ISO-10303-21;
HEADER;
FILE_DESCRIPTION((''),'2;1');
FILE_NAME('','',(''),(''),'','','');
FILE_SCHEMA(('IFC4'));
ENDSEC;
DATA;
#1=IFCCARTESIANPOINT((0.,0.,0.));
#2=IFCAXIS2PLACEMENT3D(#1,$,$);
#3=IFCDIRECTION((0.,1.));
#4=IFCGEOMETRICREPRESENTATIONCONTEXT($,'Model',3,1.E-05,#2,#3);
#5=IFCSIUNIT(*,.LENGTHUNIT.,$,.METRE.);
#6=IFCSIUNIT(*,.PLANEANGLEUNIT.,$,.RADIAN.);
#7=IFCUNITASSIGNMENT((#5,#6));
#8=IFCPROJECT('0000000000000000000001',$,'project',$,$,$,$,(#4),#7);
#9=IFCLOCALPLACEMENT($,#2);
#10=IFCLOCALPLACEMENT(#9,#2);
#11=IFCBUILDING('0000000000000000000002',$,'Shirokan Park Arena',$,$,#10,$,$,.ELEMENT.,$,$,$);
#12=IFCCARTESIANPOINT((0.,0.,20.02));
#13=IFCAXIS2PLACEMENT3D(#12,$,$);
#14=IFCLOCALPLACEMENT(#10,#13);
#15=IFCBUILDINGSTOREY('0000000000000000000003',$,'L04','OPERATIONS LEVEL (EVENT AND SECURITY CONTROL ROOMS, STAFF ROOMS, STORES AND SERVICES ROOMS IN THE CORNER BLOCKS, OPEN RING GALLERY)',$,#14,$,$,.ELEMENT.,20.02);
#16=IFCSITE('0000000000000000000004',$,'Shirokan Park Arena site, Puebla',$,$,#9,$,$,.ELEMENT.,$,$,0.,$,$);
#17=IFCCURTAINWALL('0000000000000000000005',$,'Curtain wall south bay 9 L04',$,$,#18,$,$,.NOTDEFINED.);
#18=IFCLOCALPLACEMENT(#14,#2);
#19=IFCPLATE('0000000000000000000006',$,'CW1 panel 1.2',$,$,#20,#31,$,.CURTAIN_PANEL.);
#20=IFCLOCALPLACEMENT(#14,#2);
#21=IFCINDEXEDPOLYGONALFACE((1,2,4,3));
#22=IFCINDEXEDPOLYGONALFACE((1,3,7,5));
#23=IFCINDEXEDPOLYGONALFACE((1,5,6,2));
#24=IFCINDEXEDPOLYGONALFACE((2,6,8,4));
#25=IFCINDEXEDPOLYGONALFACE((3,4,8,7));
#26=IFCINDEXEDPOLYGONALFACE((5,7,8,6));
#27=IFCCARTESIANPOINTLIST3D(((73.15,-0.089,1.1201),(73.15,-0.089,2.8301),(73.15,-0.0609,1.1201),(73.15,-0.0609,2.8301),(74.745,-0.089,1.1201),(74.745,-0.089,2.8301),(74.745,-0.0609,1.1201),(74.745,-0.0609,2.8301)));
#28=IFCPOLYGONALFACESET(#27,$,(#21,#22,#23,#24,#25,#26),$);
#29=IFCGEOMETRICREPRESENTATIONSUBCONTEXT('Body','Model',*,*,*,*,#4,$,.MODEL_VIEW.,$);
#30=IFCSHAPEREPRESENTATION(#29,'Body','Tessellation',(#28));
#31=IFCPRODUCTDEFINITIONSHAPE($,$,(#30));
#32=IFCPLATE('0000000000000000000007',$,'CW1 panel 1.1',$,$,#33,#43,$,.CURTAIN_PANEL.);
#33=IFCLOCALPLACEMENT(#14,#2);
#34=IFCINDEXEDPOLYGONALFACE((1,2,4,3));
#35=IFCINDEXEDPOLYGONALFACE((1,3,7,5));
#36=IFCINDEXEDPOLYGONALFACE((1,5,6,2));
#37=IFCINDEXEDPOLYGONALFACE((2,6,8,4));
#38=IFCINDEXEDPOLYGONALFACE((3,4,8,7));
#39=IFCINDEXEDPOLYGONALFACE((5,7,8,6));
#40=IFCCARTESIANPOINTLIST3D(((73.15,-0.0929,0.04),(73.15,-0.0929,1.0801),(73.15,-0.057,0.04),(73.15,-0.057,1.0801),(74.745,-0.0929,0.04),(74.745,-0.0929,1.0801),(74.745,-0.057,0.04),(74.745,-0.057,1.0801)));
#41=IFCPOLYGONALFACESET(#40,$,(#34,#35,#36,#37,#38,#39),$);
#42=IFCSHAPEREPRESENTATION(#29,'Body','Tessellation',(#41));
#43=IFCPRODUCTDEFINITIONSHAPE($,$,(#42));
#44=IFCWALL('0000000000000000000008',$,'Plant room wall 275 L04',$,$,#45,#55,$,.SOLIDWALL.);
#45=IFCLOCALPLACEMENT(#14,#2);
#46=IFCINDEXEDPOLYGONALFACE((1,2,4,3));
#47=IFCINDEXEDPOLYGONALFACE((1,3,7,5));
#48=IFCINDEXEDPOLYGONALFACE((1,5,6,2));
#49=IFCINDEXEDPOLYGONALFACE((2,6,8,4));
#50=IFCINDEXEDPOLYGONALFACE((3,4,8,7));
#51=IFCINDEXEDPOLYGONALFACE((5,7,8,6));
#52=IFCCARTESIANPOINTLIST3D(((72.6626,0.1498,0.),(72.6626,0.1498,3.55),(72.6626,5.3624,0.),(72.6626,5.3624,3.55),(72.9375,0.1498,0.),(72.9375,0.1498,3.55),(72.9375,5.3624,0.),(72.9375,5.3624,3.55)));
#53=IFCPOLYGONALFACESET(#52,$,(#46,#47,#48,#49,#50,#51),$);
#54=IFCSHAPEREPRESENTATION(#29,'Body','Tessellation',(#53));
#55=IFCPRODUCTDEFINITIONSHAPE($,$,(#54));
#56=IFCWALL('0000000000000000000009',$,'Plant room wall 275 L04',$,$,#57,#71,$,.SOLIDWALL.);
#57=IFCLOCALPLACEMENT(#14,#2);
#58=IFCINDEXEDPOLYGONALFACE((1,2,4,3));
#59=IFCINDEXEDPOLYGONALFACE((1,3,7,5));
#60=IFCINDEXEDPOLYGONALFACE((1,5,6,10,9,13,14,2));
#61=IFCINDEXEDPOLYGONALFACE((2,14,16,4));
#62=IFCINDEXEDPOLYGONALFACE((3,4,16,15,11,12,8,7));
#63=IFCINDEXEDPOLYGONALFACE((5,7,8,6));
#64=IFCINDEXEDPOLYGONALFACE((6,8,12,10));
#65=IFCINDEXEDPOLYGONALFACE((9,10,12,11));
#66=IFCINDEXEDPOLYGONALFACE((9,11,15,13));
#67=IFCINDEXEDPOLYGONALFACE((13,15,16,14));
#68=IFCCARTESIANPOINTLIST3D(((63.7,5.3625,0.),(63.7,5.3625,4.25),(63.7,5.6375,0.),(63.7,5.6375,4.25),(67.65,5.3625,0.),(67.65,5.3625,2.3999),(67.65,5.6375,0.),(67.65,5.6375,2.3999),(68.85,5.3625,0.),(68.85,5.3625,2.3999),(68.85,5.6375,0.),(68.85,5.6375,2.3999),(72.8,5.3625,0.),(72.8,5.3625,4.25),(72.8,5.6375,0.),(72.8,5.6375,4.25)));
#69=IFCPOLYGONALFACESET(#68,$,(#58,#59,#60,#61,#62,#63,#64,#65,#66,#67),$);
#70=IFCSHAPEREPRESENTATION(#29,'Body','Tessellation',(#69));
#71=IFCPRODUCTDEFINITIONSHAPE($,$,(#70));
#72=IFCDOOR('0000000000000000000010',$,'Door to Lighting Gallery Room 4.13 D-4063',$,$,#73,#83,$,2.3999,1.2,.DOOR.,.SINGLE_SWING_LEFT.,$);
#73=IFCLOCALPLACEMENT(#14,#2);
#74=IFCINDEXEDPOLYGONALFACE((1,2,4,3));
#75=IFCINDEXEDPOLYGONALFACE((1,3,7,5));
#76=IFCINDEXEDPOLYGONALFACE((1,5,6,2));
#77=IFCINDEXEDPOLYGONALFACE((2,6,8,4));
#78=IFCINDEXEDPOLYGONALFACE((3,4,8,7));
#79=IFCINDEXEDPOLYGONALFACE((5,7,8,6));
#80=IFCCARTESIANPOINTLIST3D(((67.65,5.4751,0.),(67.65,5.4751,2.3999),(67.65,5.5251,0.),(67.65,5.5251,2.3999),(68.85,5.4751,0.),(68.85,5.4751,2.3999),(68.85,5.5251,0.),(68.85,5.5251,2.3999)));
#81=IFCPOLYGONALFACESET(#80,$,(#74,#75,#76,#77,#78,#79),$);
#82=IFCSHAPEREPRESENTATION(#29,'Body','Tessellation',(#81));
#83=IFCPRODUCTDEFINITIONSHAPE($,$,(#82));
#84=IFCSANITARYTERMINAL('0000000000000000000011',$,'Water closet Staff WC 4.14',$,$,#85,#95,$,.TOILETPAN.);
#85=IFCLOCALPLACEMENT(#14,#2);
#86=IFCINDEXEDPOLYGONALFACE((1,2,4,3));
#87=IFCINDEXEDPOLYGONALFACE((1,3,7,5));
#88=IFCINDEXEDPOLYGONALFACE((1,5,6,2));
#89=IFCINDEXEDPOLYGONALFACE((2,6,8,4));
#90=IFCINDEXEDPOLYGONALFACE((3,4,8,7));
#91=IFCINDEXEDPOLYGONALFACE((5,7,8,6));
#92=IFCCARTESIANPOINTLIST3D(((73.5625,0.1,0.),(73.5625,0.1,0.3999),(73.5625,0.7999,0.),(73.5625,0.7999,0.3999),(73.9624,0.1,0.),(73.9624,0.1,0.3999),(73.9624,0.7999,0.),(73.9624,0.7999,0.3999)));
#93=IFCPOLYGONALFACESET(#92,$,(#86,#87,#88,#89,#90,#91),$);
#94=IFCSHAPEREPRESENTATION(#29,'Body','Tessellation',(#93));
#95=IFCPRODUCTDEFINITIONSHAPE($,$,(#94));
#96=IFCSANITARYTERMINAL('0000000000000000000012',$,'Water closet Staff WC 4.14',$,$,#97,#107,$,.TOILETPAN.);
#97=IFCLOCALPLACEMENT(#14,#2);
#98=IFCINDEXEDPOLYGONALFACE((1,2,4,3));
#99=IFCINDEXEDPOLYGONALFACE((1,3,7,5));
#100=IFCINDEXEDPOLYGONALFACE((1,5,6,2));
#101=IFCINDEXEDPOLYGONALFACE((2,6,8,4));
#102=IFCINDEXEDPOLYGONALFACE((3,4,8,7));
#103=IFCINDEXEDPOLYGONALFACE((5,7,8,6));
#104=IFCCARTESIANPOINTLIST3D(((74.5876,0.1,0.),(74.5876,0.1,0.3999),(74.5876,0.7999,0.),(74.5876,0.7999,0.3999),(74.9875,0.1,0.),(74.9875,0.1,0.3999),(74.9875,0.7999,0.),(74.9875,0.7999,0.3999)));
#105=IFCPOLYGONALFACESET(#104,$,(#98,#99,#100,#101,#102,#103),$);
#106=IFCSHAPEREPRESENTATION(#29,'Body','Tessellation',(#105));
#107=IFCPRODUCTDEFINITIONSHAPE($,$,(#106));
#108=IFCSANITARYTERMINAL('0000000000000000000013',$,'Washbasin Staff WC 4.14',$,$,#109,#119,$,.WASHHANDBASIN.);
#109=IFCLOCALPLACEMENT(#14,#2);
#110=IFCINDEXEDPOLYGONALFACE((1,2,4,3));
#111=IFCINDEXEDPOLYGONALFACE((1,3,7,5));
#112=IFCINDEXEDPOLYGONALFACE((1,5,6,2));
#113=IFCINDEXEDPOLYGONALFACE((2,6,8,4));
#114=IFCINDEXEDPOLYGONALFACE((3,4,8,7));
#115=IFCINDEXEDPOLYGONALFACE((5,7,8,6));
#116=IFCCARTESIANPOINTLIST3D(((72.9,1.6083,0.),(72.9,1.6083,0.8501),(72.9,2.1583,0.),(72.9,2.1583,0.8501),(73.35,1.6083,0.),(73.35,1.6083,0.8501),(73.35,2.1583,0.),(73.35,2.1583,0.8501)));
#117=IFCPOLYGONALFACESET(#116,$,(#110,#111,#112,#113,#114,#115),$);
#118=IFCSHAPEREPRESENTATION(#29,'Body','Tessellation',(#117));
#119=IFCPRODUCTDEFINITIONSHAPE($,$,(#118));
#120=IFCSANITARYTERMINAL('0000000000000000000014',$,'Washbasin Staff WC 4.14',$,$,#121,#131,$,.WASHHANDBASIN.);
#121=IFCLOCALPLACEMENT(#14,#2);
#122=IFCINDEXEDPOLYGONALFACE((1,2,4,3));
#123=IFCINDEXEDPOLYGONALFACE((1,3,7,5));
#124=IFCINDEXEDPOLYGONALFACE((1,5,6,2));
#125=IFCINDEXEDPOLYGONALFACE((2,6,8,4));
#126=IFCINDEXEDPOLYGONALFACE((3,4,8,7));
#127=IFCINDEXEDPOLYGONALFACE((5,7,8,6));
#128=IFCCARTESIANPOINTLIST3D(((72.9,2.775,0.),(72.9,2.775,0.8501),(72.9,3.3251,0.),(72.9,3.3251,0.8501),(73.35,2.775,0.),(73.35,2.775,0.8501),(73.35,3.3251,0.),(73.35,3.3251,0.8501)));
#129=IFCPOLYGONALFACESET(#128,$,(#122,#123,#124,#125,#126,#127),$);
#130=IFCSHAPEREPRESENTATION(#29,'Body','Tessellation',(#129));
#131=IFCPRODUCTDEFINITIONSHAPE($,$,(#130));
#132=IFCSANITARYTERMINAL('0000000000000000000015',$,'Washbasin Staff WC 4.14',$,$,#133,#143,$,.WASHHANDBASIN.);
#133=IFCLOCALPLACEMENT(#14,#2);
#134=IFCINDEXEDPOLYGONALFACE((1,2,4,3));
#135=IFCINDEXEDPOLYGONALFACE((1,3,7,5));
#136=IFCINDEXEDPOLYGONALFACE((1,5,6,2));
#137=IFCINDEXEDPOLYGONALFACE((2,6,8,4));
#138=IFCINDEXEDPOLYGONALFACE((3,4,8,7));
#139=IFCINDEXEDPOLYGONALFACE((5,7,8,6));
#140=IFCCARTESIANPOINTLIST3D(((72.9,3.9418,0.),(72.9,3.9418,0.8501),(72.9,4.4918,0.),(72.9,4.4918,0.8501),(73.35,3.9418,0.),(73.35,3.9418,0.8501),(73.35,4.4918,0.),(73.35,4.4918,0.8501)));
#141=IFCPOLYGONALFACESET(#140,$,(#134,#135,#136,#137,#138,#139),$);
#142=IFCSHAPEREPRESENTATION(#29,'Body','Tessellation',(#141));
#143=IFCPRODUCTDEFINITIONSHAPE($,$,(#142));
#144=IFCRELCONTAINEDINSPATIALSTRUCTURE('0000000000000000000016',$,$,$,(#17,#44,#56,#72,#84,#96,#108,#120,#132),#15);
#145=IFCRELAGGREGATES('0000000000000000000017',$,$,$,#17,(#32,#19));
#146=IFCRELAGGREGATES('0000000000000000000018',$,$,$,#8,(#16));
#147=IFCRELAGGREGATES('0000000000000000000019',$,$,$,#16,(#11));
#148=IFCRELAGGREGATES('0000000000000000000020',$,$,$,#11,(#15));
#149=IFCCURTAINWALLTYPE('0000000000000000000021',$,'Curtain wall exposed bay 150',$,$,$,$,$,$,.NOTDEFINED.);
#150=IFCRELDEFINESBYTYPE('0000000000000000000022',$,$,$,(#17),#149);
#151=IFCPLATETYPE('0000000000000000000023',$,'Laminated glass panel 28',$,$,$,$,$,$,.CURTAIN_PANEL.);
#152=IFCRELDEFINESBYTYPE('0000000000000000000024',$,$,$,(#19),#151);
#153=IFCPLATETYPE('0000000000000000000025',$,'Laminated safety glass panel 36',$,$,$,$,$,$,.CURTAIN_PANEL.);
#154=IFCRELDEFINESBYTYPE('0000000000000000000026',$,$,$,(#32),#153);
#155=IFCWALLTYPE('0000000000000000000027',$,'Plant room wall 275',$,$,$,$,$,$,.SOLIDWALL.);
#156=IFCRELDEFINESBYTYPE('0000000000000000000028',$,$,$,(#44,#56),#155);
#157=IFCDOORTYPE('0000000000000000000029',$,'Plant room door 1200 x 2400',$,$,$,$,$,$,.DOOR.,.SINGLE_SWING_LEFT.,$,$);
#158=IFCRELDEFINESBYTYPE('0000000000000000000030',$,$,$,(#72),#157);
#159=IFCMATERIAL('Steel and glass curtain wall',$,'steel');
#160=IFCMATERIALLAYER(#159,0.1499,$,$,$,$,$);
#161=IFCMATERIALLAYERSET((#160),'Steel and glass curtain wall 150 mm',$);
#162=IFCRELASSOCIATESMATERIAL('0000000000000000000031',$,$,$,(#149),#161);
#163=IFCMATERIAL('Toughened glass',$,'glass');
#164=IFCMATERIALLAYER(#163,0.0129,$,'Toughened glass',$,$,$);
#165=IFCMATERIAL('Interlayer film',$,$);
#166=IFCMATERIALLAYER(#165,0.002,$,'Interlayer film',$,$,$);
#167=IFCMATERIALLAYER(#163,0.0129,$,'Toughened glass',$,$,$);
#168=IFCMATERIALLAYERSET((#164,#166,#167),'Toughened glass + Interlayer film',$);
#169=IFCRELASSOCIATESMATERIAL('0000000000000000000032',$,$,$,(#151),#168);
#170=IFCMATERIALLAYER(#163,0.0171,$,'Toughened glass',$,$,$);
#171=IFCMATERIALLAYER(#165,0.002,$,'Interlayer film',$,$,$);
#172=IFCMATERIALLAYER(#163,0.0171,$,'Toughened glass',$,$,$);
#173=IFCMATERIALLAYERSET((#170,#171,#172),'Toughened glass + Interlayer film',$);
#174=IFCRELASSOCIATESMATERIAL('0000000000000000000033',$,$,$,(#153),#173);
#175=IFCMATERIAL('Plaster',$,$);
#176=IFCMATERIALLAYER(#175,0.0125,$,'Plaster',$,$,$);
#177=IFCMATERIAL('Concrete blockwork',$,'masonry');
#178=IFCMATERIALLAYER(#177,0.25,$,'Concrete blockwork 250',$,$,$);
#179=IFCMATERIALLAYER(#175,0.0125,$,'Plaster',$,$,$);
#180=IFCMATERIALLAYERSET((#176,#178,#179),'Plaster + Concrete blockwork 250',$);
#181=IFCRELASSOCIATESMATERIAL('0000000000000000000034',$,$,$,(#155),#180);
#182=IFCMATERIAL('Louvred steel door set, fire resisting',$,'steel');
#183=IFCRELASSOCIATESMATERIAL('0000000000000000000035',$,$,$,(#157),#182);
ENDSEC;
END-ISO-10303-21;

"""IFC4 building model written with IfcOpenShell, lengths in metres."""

from ifc_helpers import new_model, si_unit, direction, frame, frame_2d, origin, origin_2d, place, context, subcontext, project, spatial, rectangle, extrude, material, layer, layer_set, type_object, element, fill, aggregate, save


model = new_model("IFC4")

# Units and contexts
model_context = context("Model", 3, precision=1e-05, world=origin(), true_north=direction((0.0, 1.0)))
body_context = subcontext(model_context, "Body", "Model", "MODEL_VIEW")
ifc_project = project(units=[si_unit("LENGTHUNIT", "METRE"), si_unit("PLANEANGLEUNIT", "RADIAN")], contexts=[model_context])

# Site, building, storey
site_placement = place(None, origin())
site = spatial("IfcSite", under=ifc_project, at=site_placement, Name="Shirokan Park Arena site, Puebla", CompositionType="ELEMENT", RefElevation=0.0)
building_placement = place(site_placement, origin())
building = spatial("IfcBuilding", under=site, at=building_placement, Name="Shirokan Park Arena", CompositionType="ELEMENT")
storey_placement = place(building_placement, frame((0.0, 0.0, 20.02)))
storey = spatial("IfcBuildingStorey", under=building, at=storey_placement, Name="L04", Description="OPERATIONS LEVEL (EVENT AND SECURITY CONTROL ROOMS, STAFF ROOMS, STORES AND SERVICES ROOMS IN THE CORNER BLOCKS, OPEN RING GALLERY)", CompositionType="ELEMENT", Elevation=20.02)

# Curtain wall
ifc_material_1 = material(Name="Steel and glass curtain wall", Category="steel")
ifc_layer_1 = layer(ifc_material_1, 0.1499)
ifc_layer_set_1 = layer_set([ifc_layer_1], Name="Steel and glass curtain wall 150 mm")
curtain_wall_type = type_object("IfcCurtainWallType", Name="Curtain wall exposed bay 150", PredefinedType="NOTDEFINED", material=ifc_layer_set_1)
curtain_wall_placement = place(storey_placement, origin())
curtain_wall = element("IfcCurtainWall", 1, at=curtain_wall_placement, inside=storey, type_object=curtain_wall_type, Name="Curtain wall south bay 9 L04", PredefinedType="NOTDEFINED")

# Plates
ifc_material_2 = material(Name="Toughened glass", Category="glass")
ifc_layer_2 = layer(ifc_material_2, 0.0129, Name="Toughened glass")
ifc_material_3 = material(Name="Interlayer film")
ifc_layer_3 = layer(ifc_material_3, 0.002, Name="Interlayer film")
ifc_layer_4 = layer(ifc_material_2, 0.0129, Name="Toughened glass")
ifc_layer_set_2 = layer_set([ifc_layer_2, ifc_layer_3, ifc_layer_4], Name="Toughened glass + Interlayer film")
plate_type_1 = type_object("IfcPlateType", Name="Laminated glass panel 28", PredefinedType="CURTAIN_PANEL", material=ifc_layer_set_2)
plate_1_placement = place(storey_placement, frame((73.9475, -0.075, 1.1201), z_axis=(0.0, 0.0, 1.0), x_axis=(1.0, 0.0, 0.0)))
plate_1 = element("IfcPlate", 2, at=plate_1_placement, type_object=plate_type_1, Name="CW1 panel 1.2", PredefinedType="CURTAIN_PANEL", context=body_context, shape_type="SweptSolid", body=[
    extrude(rectangle(XDim=1.595, YDim=0.0281, at=origin_2d()), origin(), (0.0, 0.0, 1.0), 1.71),
])
ifc_layer_5 = layer(ifc_material_2, 0.0171, Name="Toughened glass")
ifc_layer_6 = layer(ifc_material_3, 0.002, Name="Interlayer film")
ifc_layer_7 = layer(ifc_material_2, 0.0171, Name="Toughened glass")
ifc_layer_set_3 = layer_set([ifc_layer_5, ifc_layer_6, ifc_layer_7], Name="Toughened glass + Interlayer film")
plate_type_2 = type_object("IfcPlateType", Name="Laminated safety glass panel 36", PredefinedType="CURTAIN_PANEL", material=ifc_layer_set_3)
plate_2_placement = place(storey_placement, frame((73.9475, -0.075, 0.04), z_axis=(0.0, 0.0, 1.0), x_axis=(1.0, 0.0, 0.0)))
plate_2 = element("IfcPlate", 3, at=plate_2_placement, type_object=plate_type_2, Name="CW1 panel 1.1", PredefinedType="CURTAIN_PANEL", context=body_context, shape_type="SweptSolid", body=[
    extrude(rectangle(XDim=1.595, YDim=0.0359, at=origin_2d()), origin(), (0.0, 0.0, 1.0), 1.04),
])
aggregate(curtain_wall, [plate_2, plate_1])

# Wall
ifc_material_4 = material(Name="Plaster")
ifc_layer_8 = layer(ifc_material_4, 0.0125, Name="Plaster")
ifc_material_5 = material(Name="Concrete blockwork", Category="masonry")
ifc_layer_9 = layer(ifc_material_5, 0.25, Name="Concrete blockwork 250")
ifc_layer_10 = layer(ifc_material_4, 0.0125, Name="Plaster")
ifc_layer_set_4 = layer_set([ifc_layer_8, ifc_layer_9, ifc_layer_10], Name="Plaster + Concrete blockwork 250")
wall_type = type_object("IfcWallType", Name="Plant room wall 275", PredefinedType="SOLIDWALL", material=ifc_layer_set_4)
wall_1_placement = place(storey_placement, frame((72.8, 5.3625, 0.0), z_axis=(0.0, 0.0, 1.0), x_axis=(0.0, -1.0, 0.0)))
element("IfcWall", 4, at=wall_1_placement, inside=storey, type_object=wall_type, Name="Plant room wall 275 L04", PredefinedType="SOLIDWALL", context=body_context, shape_type="SweptSolid", body=[
    extrude(rectangle(XDim=5.2126, YDim=0.2749, at=frame_2d((2.6064, 0.0))), origin(), (0.0, 0.0, 1.0), 3.55),
])

# Wall, opening, door
wall_2_placement = place(storey_placement, frame((72.8, 5.5, 0.0), z_axis=(0.0, 0.0, 1.0), x_axis=(-1.0, 0.0, 0.0)))
wall_2 = element("IfcWall", 5, at=wall_2_placement, inside=storey, type_object=wall_type, Name="Plant room wall 275 L04", PredefinedType="SOLIDWALL", context=body_context, shape_type="SweptSolid", body=[
    extrude(rectangle(XDim=9.1001, YDim=0.2749, at=frame_2d((4.55, 0.0))), origin(), (0.0, 0.0, 1.0), 4.25),
])
opening_placement = place(wall_2_placement, frame((3.95, 0.0, 0.0)))
opening = element("IfcOpeningElement", 6, at=opening_placement, cuts=wall_2, PredefinedType="OPENING", context=body_context, shape_type="SweptSolid", body=[
    extrude(rectangle(XDim=1.2, YDim=2.3999, at=frame_2d((0.6001, 1.2))), frame((0.0, 0.1475, 0.0), z_axis=(0.0, -1.0, 0.0), x_axis=(1.0, 0.0, 0.0)), (0.0, 0.0, 1.0), 0.2949),
])
ifc_material_6 = material(Name="Louvred steel door set, fire resisting", Category="steel")
door_type = type_object("IfcDoorType", Name="Plant room door 1200 x 2400", OperationType="SINGLE_SWING_LEFT", PredefinedType="DOOR", material=ifc_material_6)
door_placement = place(opening_placement, origin())
door = element("IfcDoor", 7, at=door_placement, inside=storey, type_object=door_type, Name="Door to Lighting Gallery Room 4.13 D-4063", OperationType="SINGLE_SWING_LEFT", OverallHeight=2.3999, OverallWidth=1.2, PredefinedType="DOOR", context=body_context, shape_type="SweptSolid", body=[
    extrude(rectangle(XDim=1.2, YDim=2.3999, at=frame_2d((0.6001, 1.2))), frame((0.0, 0.0249, 0.0), z_axis=(0.0, -1.0, 0.0), x_axis=(1.0, 0.0, 0.0)), (0.0, 0.0, 1.0), 0.05),
])
fill(opening, door)

# Sanitary terminals
for number, where, z_axis, x_axis, name in (
    (8, (73.7625, 0.45, 0.0), (0.0, 0.0, 1.0), (1.0, 0.0, 0.0), "Water closet Staff WC 4.14"),
    (9, (74.7876, 0.45, 0.0), (0.0, 0.0, 1.0), (1.0, 0.0, 0.0), "Water closet Staff WC 4.14"),
):
    element("IfcSanitaryTerminal", number, at=place(storey_placement, frame(where, z_axis=z_axis, x_axis=x_axis)), inside=storey, Name=name, PredefinedType="TOILETPAN", context=body_context, shape_type="SweptSolid", body=[
        extrude(rectangle(XDim=0.3999, YDim=0.7, at=origin_2d()), origin(), (0.0, 0.0, 1.0), 0.3999),
    ])
for number, where, z_axis, x_axis, name in (
    (10, (73.125, 1.8833, 0.0), (0.0, 0.0, 1.0), (1.0, 0.0, 0.0), "Washbasin Staff WC 4.14"),
    (11, (73.125, 3.05, 0.0), (0.0, 0.0, 1.0), (1.0, 0.0, 0.0), "Washbasin Staff WC 4.14"),
    (12, (73.125, 4.2168, 0.0), (0.0, 0.0, 1.0), (1.0, 0.0, 0.0), "Washbasin Staff WC 4.14"),
):
    element("IfcSanitaryTerminal", number, at=place(storey_placement, frame(where, z_axis=z_axis, x_axis=x_axis)), inside=storey, Name=name, PredefinedType="WASHHANDBASIN", context=body_context, shape_type="SweptSolid", body=[
        extrude(rectangle(XDim=0.45, YDim=0.55, at=origin_2d()), origin(), (0.0, 0.0, 1.0), 0.8501),
    ])

save(model, "model.ifc")
